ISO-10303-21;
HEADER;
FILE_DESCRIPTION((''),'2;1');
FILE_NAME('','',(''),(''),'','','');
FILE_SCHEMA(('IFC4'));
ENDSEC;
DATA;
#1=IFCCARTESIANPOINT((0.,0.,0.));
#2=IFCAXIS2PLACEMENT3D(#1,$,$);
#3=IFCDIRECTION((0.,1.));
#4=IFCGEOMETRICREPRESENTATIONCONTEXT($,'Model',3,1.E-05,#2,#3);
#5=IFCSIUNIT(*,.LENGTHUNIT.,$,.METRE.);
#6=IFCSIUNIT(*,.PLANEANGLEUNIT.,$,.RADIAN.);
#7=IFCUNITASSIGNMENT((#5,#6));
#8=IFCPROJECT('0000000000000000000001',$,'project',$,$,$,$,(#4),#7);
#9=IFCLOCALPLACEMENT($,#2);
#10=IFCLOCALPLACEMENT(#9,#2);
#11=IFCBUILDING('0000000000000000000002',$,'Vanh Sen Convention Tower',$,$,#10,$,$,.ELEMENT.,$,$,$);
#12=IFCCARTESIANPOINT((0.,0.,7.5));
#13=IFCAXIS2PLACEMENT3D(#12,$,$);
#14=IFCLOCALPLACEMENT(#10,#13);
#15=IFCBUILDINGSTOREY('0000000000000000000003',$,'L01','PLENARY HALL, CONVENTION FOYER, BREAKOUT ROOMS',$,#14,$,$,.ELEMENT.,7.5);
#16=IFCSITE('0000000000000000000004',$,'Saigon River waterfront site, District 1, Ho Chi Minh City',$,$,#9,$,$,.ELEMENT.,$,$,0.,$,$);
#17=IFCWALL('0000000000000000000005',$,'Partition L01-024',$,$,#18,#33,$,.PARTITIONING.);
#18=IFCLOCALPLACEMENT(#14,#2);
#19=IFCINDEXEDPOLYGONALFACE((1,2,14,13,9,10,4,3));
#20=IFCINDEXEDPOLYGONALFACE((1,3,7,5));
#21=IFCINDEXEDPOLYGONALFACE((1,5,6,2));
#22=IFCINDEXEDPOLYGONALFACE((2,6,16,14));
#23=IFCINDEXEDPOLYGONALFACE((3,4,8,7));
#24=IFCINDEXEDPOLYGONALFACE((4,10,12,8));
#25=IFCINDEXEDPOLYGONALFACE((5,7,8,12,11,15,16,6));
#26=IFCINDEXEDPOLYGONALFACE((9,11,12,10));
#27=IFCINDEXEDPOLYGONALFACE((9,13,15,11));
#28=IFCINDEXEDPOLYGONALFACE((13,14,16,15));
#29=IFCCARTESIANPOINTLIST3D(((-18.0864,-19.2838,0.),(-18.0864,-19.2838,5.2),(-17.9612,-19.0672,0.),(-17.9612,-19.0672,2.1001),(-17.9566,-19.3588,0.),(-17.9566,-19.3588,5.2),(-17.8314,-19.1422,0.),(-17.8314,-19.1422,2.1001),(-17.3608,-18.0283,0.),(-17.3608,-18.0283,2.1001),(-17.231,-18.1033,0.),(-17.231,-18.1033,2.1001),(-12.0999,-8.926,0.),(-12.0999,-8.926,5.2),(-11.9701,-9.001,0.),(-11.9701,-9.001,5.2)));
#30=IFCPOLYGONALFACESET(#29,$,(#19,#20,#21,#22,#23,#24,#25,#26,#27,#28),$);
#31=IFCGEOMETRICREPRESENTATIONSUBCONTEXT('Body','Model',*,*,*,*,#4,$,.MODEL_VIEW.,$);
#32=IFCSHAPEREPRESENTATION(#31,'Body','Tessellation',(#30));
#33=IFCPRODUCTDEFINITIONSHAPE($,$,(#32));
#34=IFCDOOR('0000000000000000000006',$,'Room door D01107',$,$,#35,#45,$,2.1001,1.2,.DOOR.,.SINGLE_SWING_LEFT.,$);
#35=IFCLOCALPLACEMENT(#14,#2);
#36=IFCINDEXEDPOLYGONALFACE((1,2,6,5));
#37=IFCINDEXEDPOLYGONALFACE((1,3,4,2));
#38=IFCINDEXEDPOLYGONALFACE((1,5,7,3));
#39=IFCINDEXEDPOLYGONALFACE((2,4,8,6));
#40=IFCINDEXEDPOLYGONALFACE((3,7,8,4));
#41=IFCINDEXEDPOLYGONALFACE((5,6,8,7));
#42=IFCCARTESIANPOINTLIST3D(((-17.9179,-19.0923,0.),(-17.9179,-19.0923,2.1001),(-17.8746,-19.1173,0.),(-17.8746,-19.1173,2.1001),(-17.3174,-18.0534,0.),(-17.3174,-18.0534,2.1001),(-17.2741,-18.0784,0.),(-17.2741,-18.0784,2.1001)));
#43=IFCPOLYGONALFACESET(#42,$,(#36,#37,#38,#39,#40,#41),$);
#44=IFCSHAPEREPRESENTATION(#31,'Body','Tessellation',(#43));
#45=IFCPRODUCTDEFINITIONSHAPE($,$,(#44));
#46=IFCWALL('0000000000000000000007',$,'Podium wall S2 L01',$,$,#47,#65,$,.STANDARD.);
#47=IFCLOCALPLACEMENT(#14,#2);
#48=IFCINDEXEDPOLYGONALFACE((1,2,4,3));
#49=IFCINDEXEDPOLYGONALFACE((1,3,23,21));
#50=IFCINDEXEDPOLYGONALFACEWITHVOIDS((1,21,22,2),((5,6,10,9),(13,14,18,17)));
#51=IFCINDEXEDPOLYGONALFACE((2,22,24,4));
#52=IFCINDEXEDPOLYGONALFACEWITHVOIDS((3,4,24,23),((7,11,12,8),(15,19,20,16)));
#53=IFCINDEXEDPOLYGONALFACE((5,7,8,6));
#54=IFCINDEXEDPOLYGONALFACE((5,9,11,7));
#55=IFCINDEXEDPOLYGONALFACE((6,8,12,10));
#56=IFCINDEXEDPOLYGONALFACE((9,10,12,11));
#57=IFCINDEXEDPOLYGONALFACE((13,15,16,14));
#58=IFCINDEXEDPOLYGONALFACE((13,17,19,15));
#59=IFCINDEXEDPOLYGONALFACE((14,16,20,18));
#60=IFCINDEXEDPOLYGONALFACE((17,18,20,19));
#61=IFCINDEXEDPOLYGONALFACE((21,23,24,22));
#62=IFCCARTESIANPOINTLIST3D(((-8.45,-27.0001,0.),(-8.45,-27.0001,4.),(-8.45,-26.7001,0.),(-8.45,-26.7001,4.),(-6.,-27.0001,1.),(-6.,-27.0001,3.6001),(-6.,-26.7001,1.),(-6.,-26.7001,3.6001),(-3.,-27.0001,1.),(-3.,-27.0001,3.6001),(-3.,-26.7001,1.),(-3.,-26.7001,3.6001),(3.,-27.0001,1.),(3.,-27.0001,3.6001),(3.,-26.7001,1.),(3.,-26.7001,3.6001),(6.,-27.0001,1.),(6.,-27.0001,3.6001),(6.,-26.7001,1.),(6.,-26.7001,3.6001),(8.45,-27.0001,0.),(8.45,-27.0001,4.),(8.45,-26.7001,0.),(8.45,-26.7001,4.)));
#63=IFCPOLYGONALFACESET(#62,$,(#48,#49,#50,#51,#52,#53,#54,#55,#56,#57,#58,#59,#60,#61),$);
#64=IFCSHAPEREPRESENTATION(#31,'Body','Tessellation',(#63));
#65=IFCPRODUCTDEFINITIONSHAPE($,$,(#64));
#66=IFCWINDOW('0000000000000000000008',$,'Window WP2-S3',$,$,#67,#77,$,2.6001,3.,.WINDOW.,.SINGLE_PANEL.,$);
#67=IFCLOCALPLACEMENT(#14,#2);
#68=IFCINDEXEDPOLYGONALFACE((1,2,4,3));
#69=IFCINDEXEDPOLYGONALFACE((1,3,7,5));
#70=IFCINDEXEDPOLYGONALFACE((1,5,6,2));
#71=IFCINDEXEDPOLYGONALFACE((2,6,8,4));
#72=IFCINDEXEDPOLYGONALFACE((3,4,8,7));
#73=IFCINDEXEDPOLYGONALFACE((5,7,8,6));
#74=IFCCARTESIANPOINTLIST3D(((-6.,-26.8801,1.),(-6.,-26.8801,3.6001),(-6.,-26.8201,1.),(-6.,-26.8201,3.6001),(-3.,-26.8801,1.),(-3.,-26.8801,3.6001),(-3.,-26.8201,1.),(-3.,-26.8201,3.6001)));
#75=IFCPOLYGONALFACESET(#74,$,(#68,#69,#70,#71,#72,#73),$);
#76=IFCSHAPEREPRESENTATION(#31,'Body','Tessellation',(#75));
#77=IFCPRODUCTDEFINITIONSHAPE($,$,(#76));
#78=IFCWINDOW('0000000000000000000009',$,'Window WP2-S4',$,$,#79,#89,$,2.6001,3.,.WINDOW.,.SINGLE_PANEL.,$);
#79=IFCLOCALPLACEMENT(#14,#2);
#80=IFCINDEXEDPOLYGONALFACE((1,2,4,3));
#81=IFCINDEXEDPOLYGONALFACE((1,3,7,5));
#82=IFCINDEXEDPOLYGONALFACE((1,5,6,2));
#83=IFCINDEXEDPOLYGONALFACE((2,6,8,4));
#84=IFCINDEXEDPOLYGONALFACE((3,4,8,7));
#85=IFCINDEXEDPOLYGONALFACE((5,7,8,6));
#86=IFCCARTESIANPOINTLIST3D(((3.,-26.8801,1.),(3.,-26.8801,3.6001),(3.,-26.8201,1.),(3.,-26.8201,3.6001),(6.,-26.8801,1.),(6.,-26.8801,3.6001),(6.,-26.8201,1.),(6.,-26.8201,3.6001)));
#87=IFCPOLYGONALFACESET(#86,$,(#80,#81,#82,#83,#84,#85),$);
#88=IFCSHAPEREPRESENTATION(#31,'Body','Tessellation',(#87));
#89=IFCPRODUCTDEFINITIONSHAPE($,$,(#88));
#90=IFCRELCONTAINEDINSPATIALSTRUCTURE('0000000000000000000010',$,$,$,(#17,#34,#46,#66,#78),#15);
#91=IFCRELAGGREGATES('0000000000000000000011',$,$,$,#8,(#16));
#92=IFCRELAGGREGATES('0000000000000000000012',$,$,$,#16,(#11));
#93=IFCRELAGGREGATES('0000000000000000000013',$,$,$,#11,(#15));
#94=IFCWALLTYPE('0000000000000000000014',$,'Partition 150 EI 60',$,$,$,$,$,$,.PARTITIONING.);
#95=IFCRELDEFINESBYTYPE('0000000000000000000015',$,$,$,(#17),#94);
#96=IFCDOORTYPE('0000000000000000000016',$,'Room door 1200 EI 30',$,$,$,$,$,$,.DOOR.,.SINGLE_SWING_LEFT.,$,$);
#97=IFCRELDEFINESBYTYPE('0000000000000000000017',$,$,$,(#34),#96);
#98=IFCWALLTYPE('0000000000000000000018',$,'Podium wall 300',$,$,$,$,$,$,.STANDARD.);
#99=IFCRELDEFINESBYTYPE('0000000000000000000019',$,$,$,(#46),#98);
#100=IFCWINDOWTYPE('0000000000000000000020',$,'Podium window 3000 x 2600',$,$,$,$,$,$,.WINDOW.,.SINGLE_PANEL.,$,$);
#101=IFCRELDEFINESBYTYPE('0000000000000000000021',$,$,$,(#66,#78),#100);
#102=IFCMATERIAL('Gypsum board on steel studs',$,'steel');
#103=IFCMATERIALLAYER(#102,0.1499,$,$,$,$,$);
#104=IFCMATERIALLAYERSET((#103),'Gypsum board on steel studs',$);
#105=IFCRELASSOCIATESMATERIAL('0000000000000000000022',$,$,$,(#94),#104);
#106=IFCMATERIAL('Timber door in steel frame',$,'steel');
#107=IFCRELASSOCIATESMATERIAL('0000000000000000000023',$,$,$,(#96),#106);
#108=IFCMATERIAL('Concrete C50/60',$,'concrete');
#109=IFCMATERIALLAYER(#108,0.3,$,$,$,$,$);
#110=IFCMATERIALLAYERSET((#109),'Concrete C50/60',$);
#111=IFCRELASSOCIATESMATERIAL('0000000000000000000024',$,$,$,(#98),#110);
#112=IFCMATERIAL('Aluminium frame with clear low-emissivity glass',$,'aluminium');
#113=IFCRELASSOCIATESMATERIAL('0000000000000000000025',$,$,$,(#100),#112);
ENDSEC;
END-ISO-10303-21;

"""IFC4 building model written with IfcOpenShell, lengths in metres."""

from ifc_helpers import new_model, si_unit, direction, frame, frame_2d, origin, place, context, subcontext, project, spatial, rectangle, extrude, material, layer, layer_set, type_object, element, fill, save


model = new_model("IFC4")

# Units and contexts
model_context = context("Model", 3, precision=1e-05, world=origin(), true_north=direction((0.0, 1.0)))
body_context = subcontext(model_context, "Body", "Model", "MODEL_VIEW")
ifc_project = project(units=[si_unit("LENGTHUNIT", "METRE"), si_unit("PLANEANGLEUNIT", "RADIAN")], contexts=[model_context])

# Site, building, storey
site_placement = place(None, origin())
site = spatial("IfcSite", under=ifc_project, at=site_placement, Name="Saigon River waterfront site, District 1, Ho Chi Minh City", CompositionType="ELEMENT", RefElevation=0.0)
building_placement = place(site_placement, origin())
building = spatial("IfcBuilding", under=site, at=building_placement, Name="Vanh Sen Convention Tower", CompositionType="ELEMENT")
storey_placement = place(building_placement, frame((0.0, 0.0, 7.5)))
storey = spatial("IfcBuildingStorey", under=building, at=storey_placement, Name="L01", Description="PLENARY HALL, CONVENTION FOYER, BREAKOUT ROOMS", CompositionType="ELEMENT", Elevation=7.5)

# Shared definitions
ifc_material_1 = material(Name="Gypsum board on steel studs", Category="steel")
ifc_layer_1 = layer(ifc_material_1, 0.1499)
ifc_layer_set_1 = layer_set([ifc_layer_1], Name="Gypsum board on steel studs")
wall_type_1 = type_object("IfcWallType", Name="Partition 150 EI 60", PredefinedType="PARTITIONING", material=ifc_layer_set_1)

# Shared definitions
ifc_material_2 = material(Name="Timber door in steel frame", Category="steel")
door_type = type_object("IfcDoorType", Name="Room door 1200 EI 30", OperationType="SINGLE_SWING_LEFT", PredefinedType="DOOR", material=ifc_material_2)

# Wall, opening, door
wall_1_placement = place(storey_placement, frame((-18.0215, -19.3213, 0.0), z_axis=(0.0, 0.0, 1.0), x_axis=(0.500403, 0.865793, 0.0)))
wall_1 = element("IfcWall", 1, at=wall_1_placement, inside=storey, type_object=wall_type_1, Name="Partition L01-024", PredefinedType="PARTITIONING", context=body_context, shape_type="SweptSolid", body=[
    extrude(rectangle(XDim=11.9634, YDim=0.1499, at=frame_2d((5.9817, 0.0))), origin(), (0.0, 0.0, 1.0), 5.2),
])
opening_1_placement = place(wall_1_placement, frame((0.25, 0.0, 0.0)))
opening_1 = element("IfcOpeningElement", 2, at=opening_1_placement, cuts=wall_1, PredefinedType="OPENING", context=body_context, shape_type="SweptSolid", body=[
    extrude(rectangle(XDim=1.2, YDim=2.1001, at=frame_2d((0.6001, 1.05))), frame((0.0, 0.085, 0.0), z_axis=(0.0, -1.0, 0.0), x_axis=(1.0, 0.0, 0.0)), (0.0, 0.0, 1.0), 0.1699),
])
door_1_placement = place(opening_1_placement, origin())
door_1 = element("IfcDoor", 3, at=door_1_placement, inside=storey, type_object=door_type, Name="Room door D01107", OperationType="SINGLE_SWING_LEFT", OverallHeight=2.1001, OverallWidth=1.2, PredefinedType="DOOR", context=body_context, shape_type="SweptSolid", body=[
    extrude(rectangle(XDim=1.2, YDim=2.1001, at=frame_2d((0.6001, 1.05))), frame((0.0, 0.0249, 0.0), z_axis=(0.0, -1.0, 0.0), x_axis=(1.0, 0.0, 0.0)), (0.0, 0.0, 1.0), 0.05),
])
fill(opening_1, door_1)

# Wall, openings, windows
ifc_material_3 = material(Name="Concrete C50/60", Category="concrete")
ifc_layer_2 = layer(ifc_material_3, 0.3)
ifc_layer_set_2 = layer_set([ifc_layer_2], Name="Concrete C50/60")
wall_type_2 = type_object("IfcWallType", Name="Podium wall 300", PredefinedType="STANDARD", material=ifc_layer_set_2)
wall_2_placement = place(storey_placement, frame((-8.45, -26.8501, 0.0), z_axis=(0.0, 0.0, 1.0), x_axis=(1.0, 0.0, 0.0)))
wall_2 = element("IfcWall", 4, at=wall_2_placement, inside=storey, type_object=wall_type_2, Name="Podium wall S2 L01", PredefinedType="STANDARD", context=body_context, shape_type="SweptSolid", body=[
    extrude(rectangle(XDim=16.8999, YDim=0.3, at=frame_2d((8.45, 0.0))), origin(), (0.0, 0.0, 1.0), 4.0),
])
opening_2_placement = place(wall_2_placement, frame((2.45, 0.0, 1.0)))
opening_2 = element("IfcOpeningElement", 5, at=opening_2_placement, cuts=wall_2, PredefinedType="OPENING", context=body_context, shape_type="SweptSolid", body=[
    extrude(rectangle(XDim=3.0, YDim=2.6001, at=frame_2d((1.5, 1.3))), frame((0.0, 0.1599, 0.0), z_axis=(0.0, -1.0, 0.0), x_axis=(1.0, 0.0, 0.0)), (0.0, 0.0, 1.0), 0.3201),
])
opening_3_placement = place(wall_2_placement, frame((11.45, 0.0, 1.0)))
opening_3 = element("IfcOpeningElement", 6, at=opening_3_placement, cuts=wall_2, PredefinedType="OPENING", context=body_context, shape_type="SweptSolid", body=[
    extrude(rectangle(XDim=3.0, YDim=2.6001, at=frame_2d((1.5, 1.3))), frame((0.0, 0.1599, 0.0), z_axis=(0.0, -1.0, 0.0), x_axis=(1.0, 0.0, 0.0)), (0.0, 0.0, 1.0), 0.3201),
])
ifc_material_4 = material(Name="Aluminium frame with clear low-emissivity glass", Category="aluminium")
window_type = type_object("IfcWindowType", Name="Podium window 3000 x 2600", PartitioningType="SINGLE_PANEL", PredefinedType="WINDOW", material=ifc_material_4)
window_1_placement = place(opening_2_placement, origin())
window_1 = element("IfcWindow", 7, at=window_1_placement, inside=storey, type_object=window_type, Name="Window WP2-S3", OverallHeight=2.6001, OverallWidth=3.0, PartitioningType="SINGLE_PANEL", PredefinedType="WINDOW", context=body_context, shape_type="SweptSolid", body=[
    extrude(rectangle(XDim=3.0, YDim=2.6001, at=frame_2d((1.5, 1.3))), frame((0.0, 0.03, 0.0), z_axis=(0.0, -1.0, 0.0), x_axis=(1.0, 0.0, 0.0)), (0.0, 0.0, 1.0), 0.0601),
])
fill(opening_2, window_1)
window_2_placement = place(opening_3_placement, origin())
window_2 = element("IfcWindow", 8, at=window_2_placement, inside=storey, type_object=window_type, Name="Window WP2-S4", OverallHeight=2.6001, OverallWidth=3.0, PartitioningType="SINGLE_PANEL", PredefinedType="WINDOW", context=body_context, shape_type="SweptSolid", body=[
    extrude(rectangle(XDim=3.0, YDim=2.6001, at=frame_2d((1.5, 1.3))), frame((0.0, 0.03, 0.0), z_axis=(0.0, -1.0, 0.0), x_axis=(1.0, 0.0, 0.0)), (0.0, 0.0, 1.0), 0.0601),
])
fill(opening_3, window_2)

save(model, "model.ifc")
